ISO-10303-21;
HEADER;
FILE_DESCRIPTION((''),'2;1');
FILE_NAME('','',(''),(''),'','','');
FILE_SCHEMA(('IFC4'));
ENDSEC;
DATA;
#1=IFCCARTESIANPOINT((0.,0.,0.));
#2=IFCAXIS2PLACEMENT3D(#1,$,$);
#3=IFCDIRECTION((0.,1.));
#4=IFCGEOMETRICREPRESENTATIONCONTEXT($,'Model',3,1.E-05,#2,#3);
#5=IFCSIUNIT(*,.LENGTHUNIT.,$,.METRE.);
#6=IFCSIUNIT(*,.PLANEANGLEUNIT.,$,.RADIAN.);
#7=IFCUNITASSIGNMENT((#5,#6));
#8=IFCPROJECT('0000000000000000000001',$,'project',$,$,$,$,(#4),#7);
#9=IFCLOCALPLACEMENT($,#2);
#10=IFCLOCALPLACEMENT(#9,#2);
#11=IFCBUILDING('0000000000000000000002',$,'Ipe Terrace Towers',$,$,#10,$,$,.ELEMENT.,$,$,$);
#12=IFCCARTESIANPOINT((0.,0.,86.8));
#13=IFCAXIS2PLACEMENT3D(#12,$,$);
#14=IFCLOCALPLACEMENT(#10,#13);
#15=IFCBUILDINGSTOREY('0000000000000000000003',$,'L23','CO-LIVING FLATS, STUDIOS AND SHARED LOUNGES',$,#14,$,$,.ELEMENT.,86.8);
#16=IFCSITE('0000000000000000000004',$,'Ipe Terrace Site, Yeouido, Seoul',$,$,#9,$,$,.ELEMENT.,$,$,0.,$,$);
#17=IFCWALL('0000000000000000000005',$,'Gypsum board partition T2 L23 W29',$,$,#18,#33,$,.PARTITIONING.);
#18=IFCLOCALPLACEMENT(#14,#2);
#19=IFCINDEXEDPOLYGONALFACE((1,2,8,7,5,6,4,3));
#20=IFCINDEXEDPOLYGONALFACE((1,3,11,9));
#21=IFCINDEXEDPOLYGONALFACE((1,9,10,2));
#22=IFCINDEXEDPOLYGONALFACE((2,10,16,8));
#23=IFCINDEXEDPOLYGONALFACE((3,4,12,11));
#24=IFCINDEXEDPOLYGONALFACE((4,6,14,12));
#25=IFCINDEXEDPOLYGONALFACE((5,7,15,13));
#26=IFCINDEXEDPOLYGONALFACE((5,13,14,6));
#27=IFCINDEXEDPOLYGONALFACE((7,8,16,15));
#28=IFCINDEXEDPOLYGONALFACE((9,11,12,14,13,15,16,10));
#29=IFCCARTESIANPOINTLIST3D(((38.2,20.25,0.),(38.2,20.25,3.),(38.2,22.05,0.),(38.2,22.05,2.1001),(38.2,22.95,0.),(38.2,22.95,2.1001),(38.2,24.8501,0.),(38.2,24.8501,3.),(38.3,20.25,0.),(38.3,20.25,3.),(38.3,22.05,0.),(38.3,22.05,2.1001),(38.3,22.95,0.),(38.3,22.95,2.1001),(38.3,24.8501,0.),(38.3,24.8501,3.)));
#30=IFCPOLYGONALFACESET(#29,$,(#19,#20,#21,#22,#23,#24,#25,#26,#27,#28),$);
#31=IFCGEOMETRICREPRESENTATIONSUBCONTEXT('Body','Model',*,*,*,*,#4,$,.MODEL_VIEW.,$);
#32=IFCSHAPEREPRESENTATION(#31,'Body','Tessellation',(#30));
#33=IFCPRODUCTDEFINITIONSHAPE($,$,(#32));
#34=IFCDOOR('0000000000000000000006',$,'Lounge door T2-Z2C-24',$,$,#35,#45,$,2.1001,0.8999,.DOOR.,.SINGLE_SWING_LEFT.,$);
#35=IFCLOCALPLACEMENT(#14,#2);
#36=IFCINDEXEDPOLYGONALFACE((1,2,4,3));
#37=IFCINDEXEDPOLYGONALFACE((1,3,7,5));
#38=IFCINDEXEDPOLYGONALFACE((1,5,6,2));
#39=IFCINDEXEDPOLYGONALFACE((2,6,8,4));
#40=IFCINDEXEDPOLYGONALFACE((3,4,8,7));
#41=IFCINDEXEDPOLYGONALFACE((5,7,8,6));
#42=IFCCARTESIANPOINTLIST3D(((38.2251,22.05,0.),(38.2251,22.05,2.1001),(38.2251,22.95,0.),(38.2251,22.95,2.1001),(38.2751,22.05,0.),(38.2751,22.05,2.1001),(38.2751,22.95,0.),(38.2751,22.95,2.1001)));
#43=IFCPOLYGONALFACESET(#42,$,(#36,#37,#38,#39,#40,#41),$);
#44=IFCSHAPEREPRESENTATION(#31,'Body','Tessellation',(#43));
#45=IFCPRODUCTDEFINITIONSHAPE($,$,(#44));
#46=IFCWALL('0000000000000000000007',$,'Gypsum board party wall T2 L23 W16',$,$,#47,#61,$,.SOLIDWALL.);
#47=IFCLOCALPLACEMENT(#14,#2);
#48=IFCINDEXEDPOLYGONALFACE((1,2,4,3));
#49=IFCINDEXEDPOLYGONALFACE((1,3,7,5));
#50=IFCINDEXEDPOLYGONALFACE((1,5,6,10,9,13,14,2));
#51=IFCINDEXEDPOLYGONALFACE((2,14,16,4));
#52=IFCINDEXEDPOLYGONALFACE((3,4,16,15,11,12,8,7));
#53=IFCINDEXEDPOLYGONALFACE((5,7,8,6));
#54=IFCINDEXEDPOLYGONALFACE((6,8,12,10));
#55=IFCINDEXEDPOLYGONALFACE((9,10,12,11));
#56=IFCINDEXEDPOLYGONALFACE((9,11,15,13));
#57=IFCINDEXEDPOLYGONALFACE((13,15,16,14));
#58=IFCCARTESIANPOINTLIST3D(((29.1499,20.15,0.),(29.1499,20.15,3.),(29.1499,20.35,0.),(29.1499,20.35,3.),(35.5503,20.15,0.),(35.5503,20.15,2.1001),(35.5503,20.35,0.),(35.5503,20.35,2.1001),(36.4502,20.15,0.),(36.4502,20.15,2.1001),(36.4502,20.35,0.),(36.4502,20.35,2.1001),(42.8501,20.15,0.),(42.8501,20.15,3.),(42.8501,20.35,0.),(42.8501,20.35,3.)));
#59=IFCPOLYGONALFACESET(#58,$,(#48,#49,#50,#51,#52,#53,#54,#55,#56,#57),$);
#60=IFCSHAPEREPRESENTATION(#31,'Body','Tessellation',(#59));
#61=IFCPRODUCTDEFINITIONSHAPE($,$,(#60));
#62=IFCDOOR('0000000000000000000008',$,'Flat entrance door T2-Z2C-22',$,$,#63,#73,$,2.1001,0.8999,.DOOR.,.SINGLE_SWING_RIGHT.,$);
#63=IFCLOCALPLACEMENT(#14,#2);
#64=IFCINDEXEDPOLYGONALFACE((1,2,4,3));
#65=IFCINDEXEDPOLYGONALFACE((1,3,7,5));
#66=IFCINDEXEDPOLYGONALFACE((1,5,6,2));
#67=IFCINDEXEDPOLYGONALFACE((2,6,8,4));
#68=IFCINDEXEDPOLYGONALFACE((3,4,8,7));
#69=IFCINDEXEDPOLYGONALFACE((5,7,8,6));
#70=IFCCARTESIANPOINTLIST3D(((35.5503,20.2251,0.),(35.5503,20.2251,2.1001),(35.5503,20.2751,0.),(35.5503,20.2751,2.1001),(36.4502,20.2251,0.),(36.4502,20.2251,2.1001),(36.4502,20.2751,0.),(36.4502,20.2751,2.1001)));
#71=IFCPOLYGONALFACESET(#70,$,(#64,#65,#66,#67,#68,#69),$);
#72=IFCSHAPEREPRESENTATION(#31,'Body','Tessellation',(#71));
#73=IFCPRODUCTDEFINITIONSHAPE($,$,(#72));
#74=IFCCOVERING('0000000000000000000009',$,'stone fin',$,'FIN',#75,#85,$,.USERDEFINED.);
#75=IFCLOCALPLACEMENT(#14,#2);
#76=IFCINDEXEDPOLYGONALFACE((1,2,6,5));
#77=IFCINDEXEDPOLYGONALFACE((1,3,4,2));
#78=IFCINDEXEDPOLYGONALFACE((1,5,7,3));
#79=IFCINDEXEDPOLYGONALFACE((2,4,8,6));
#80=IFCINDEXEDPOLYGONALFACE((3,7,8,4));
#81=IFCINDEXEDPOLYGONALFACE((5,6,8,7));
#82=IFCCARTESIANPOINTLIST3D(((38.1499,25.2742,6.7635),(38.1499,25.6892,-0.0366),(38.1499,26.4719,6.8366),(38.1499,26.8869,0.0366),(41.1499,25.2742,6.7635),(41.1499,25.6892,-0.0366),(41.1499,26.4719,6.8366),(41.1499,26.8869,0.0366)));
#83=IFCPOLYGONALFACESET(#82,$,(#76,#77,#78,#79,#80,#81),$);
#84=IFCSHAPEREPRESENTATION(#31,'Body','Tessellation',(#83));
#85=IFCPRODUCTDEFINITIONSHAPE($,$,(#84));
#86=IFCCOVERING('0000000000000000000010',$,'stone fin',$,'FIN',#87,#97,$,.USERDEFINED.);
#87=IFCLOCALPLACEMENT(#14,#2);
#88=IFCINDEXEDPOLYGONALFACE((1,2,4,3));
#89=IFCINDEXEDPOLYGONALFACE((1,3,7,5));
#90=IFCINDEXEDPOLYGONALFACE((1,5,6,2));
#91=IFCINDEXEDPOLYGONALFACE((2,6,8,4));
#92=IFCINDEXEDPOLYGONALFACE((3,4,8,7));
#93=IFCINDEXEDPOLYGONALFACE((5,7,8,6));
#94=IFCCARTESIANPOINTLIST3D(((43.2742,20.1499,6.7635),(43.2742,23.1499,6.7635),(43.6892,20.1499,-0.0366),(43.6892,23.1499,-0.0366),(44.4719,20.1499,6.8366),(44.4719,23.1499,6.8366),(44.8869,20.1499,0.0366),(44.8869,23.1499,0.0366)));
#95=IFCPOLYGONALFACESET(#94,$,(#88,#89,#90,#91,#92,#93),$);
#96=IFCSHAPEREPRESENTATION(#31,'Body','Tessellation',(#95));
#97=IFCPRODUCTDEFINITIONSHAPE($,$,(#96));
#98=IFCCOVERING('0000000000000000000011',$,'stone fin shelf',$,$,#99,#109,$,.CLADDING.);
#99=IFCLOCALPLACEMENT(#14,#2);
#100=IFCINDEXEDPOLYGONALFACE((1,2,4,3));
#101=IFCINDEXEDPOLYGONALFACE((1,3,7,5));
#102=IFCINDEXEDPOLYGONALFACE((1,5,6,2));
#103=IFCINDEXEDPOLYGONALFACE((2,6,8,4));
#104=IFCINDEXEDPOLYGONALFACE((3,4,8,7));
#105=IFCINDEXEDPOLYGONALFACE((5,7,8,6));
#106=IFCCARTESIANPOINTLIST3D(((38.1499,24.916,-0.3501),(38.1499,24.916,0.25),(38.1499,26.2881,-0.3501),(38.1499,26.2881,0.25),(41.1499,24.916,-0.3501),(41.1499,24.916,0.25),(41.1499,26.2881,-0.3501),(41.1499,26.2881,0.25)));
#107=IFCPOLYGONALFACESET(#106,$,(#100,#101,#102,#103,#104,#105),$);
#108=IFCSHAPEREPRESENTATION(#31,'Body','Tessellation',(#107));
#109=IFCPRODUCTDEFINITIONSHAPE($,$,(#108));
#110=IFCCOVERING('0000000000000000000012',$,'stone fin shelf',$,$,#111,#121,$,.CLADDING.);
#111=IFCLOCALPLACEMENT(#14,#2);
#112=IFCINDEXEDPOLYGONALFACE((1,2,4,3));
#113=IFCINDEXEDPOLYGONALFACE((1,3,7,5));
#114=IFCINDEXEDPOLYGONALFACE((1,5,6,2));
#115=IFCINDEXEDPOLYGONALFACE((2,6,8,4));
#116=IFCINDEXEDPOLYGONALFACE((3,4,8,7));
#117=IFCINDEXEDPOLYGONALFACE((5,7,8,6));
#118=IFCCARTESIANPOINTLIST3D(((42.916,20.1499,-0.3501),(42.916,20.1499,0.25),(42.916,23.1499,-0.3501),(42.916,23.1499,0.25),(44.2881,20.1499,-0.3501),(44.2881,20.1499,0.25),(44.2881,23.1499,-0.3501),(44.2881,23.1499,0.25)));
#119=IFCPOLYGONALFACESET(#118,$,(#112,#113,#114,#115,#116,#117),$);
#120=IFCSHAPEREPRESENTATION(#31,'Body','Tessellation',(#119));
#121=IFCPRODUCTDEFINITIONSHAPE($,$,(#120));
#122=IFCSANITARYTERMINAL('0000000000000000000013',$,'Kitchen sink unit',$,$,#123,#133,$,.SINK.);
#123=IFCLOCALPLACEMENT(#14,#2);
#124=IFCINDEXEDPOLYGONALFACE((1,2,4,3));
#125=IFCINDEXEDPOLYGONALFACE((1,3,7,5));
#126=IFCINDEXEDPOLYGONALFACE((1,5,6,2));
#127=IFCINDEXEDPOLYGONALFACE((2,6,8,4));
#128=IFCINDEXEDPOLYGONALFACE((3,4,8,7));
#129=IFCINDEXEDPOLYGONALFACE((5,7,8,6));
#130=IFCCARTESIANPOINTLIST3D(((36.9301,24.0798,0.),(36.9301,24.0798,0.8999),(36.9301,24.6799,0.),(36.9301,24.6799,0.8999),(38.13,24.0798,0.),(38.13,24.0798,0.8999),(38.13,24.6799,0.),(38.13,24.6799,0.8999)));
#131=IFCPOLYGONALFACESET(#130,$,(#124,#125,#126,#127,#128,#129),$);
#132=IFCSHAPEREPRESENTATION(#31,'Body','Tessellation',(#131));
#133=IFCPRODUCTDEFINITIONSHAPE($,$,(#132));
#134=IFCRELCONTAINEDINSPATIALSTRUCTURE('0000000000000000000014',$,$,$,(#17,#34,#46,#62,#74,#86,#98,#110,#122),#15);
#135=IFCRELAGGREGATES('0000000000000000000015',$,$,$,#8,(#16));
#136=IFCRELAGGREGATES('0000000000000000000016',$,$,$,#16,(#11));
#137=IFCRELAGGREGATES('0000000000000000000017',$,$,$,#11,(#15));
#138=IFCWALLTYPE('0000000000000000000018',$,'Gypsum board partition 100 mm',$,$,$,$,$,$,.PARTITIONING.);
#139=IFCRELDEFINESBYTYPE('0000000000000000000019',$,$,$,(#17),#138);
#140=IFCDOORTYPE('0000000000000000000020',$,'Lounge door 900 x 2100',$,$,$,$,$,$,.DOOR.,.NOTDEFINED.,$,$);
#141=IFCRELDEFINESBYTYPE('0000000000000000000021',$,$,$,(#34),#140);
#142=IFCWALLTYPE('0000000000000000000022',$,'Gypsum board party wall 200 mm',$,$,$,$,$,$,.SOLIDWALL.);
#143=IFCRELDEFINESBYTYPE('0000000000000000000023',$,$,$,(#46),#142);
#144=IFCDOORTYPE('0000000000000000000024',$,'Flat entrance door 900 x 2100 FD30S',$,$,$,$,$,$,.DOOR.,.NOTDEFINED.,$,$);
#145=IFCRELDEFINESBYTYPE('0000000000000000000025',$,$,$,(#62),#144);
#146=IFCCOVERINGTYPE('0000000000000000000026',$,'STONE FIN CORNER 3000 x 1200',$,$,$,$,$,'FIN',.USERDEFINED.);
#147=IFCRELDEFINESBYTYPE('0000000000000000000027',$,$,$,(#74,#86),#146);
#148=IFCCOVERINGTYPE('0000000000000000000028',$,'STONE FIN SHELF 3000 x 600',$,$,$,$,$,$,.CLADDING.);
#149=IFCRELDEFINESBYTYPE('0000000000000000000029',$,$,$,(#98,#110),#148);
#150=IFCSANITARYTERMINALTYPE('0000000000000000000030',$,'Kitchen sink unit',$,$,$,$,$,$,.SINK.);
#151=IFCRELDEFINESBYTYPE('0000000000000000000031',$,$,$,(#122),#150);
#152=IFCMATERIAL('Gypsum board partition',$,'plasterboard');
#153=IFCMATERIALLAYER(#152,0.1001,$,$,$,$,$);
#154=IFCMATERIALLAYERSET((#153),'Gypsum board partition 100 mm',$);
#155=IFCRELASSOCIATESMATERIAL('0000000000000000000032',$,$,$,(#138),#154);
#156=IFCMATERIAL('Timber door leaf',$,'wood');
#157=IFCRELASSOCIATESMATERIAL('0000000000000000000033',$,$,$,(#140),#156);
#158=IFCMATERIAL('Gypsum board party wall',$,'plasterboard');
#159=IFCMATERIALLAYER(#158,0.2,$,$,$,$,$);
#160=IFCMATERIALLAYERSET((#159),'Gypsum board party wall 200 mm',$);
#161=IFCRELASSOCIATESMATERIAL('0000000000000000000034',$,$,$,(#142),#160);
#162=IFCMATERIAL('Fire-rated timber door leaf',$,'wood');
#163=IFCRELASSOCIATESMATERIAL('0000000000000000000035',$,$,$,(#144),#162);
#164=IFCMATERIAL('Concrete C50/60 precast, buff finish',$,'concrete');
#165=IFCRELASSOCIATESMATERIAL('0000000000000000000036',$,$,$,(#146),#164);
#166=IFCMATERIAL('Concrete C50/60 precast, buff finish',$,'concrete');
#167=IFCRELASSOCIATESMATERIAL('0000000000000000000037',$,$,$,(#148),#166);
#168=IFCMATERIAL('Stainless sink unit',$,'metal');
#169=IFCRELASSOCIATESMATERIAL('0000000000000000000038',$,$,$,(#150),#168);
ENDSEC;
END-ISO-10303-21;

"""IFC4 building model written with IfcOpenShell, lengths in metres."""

from ifc_helpers import new_model, si_unit, direction, frame, frame_2d, origin, origin_2d, place, context, subcontext, project, spatial, rectangle, extrude, material, layer, layer_set, material_profile, profile_set, type_object, element, fill, save


model = new_model("IFC4")

# Units and contexts
model_context = context("Model", 3, precision=1e-05, world=origin(), true_north=direction((0.0, 1.0)))
body_context = subcontext(model_context, "Body", "Model", "MODEL_VIEW")
ifc_project = project(units=[si_unit("LENGTHUNIT", "METRE"), si_unit("PLANEANGLEUNIT", "RADIAN")], contexts=[model_context])

# Site, building, storey
site_placement = place(None, origin())
site = spatial("IfcSite", under=ifc_project, at=site_placement, Name="Ipe Terrace Site, Yeouido, Seoul", CompositionType="ELEMENT", RefElevation=0.0)
building_placement = place(site_placement, origin())
building = spatial("IfcBuilding", under=site, at=building_placement, Name="Ipe Terrace Towers", CompositionType="ELEMENT")
storey_placement = place(building_placement, frame((0.0, 0.0, 86.8)))
storey = spatial("IfcBuildingStorey", under=building, at=storey_placement, Name="L23", Description="CO-LIVING FLATS, STUDIOS AND SHARED LOUNGES", CompositionType="ELEMENT", Elevation=86.8)

# Walls, openings, doors
ifc_material_1 = material(Name="Gypsum board partition", Category="plasterboard")
ifc_layer_1 = layer(ifc_material_1, 0.1001)
ifc_layer_set_1 = layer_set([ifc_layer_1], Name="Gypsum board partition 100 mm")
wall_type_1 = type_object("IfcWallType", Name="Gypsum board partition 100 mm", PredefinedType="PARTITIONING", material=ifc_layer_set_1)
wall_1_placement = place(storey_placement, frame((38.25, 20.25, 0.0), z_axis=(0.0, 0.0, 1.0), x_axis=(0.0, 1.0, 0.0)))
wall_1 = element("IfcWall", 1, at=wall_1_placement, inside=storey, type_object=wall_type_1, Name="Gypsum board partition T2 L23 W29", PredefinedType="PARTITIONING", context=body_context, shape_type="SweptSolid", body=[
    extrude(rectangle(XDim=4.6001, YDim=0.1001, at=frame_2d((2.3, 0.0))), origin(), (0.0, 0.0, 1.0), 3.0),
])
opening_1_placement = place(wall_1_placement, frame((1.8, 0.0, 0.0)))
opening_1 = element("IfcOpeningElement", 2, at=opening_1_placement, cuts=wall_1, PredefinedType="OPENING", context=body_context, shape_type="SweptSolid", body=[
    extrude(rectangle(XDim=0.8999, YDim=2.1001, at=frame_2d((0.45, 1.05))), frame((0.0, 0.0601, 0.0), z_axis=(0.0, -1.0, 0.0), x_axis=(1.0, 0.0, 0.0)), (0.0, 0.0, 1.0), 0.1201),
])
ifc_material_2 = material(Name="Timber door leaf", Category="wood")
door_type_1 = type_object("IfcDoorType", Name="Lounge door 900 x 2100", OperationType="NOTDEFINED", PredefinedType="DOOR", material=ifc_material_2)
door_1_placement = place(opening_1_placement, origin())
door_1 = element("IfcDoor", 3, at=door_1_placement, inside=storey, type_object=door_type_1, Name="Lounge door T2-Z2C-24", OperationType="SINGLE_SWING_LEFT", OverallHeight=2.1001, OverallWidth=0.8999, PredefinedType="DOOR", context=body_context, shape_type="SweptSolid", body=[
    extrude(rectangle(XDim=0.8999, YDim=2.1001, at=frame_2d((0.45, 1.05))), frame((0.0, 0.0249, 0.0), z_axis=(0.0, -1.0, 0.0), x_axis=(1.0, 0.0, 0.0)), (0.0, 0.0, 1.0), 0.05),
])
fill(opening_1, door_1)
ifc_material_3 = material(Name="Gypsum board party wall", Category="plasterboard")
ifc_layer_2 = layer(ifc_material_3, 0.2)
ifc_layer_set_2 = layer_set([ifc_layer_2], Name="Gypsum board party wall 200 mm")
wall_type_2 = type_object("IfcWallType", Name="Gypsum board party wall 200 mm", PredefinedType="SOLIDWALL", material=ifc_layer_set_2)
wall_2_placement = place(storey_placement, frame((42.8501, 20.25, 0.0), z_axis=(0.0, 0.0, 1.0), x_axis=(-1.0, 0.0, 0.0)))
wall_2 = element("IfcWall", 4, at=wall_2_placement, inside=storey, type_object=wall_type_2, Name="Gypsum board party wall T2 L23 W16", PredefinedType="SOLIDWALL", context=body_context, shape_type="SweptSolid", body=[
    extrude(rectangle(XDim=13.7002, YDim=0.2, at=frame_2d((6.8501, 0.0))), origin(), (0.0, 0.0, 1.0), 3.0),
])
opening_2_placement = place(wall_2_placement, frame((6.3999, 0.0, 0.0)))
opening_2 = element("IfcOpeningElement", 5, at=opening_2_placement, cuts=wall_2, PredefinedType="OPENING", context=body_context, shape_type="SweptSolid", body=[
    extrude(rectangle(XDim=0.8999, YDim=2.1001, at=frame_2d((0.45, 1.05))), frame((0.0, 0.1099, 0.0), z_axis=(0.0, -1.0, 0.0), x_axis=(1.0, 0.0, 0.0)), (0.0, 0.0, 1.0), 0.22),
])
ifc_material_4 = material(Name="Fire-rated timber door leaf", Category="wood")
door_type_2 = type_object("IfcDoorType", Name="Flat entrance door 900 x 2100 FD30S", OperationType="NOTDEFINED", PredefinedType="DOOR", material=ifc_material_4)
door_2_placement = place(opening_2_placement, origin())
door_2 = element("IfcDoor", 6, at=door_2_placement, inside=storey, type_object=door_type_2, Name="Flat entrance door T2-Z2C-22", OperationType="SINGLE_SWING_RIGHT", OverallHeight=2.1001, OverallWidth=0.8999, PredefinedType="DOOR", context=body_context, shape_type="SweptSolid", body=[
    extrude(rectangle(XDim=0.8999, YDim=2.1001, at=frame_2d((0.45, 1.05))), frame((0.0, 0.0249, 0.0), z_axis=(0.0, -1.0, 0.0), x_axis=(1.0, 0.0, 0.0)), (0.0, 0.0, 1.0), 0.05),
])
fill(opening_2, door_2)

# Coverings
ifc_material_5 = material(Name="Concrete C50/60 precast, buff finish", Category="concrete")
ifc_material_profile_1 = material_profile(ifc_material_5, rectangle(XDim=3.0, YDim=1.2, at=origin_2d()), Name="STONE FIN CORNER 3000 x 1200")
ifc_profile_set_1 = profile_set([ifc_material_profile_1], Name="Concrete C50/60 precast, buff finish")
covering_type_1 = type_object("IfcCoveringType", Name="STONE FIN CORNER 3000 x 1200", ElementType="FIN", PredefinedType="USERDEFINED", material=ifc_profile_set_1)
for number, where, z_axis, x_axis, name in (
    (7, (39.6499, 26.2881, 0.0), (0.0, -0.060921, 0.998143), (-1.0, 0.0, 0.0), "stone fin"),
    (8, (44.2881, 21.6499, 0.0), (-0.060921, 0.0, 0.998143), (0.0, 1.0, 0.0), "stone fin"),
):
    element("IfcCovering", number, at=place(storey_placement, frame(where, z_axis=z_axis, x_axis=x_axis)), inside=storey, type_object=covering_type_1, Name=name, ObjectType="FIN", PredefinedType="USERDEFINED", context=body_context, shape_type="SweptSolid", body=[
        extrude(rectangle(XDim=3.0, YDim=1.2, at=origin_2d()), origin(), (0.0, 0.0, 1.0), 6.8127),
    ])
ifc_material_6 = material(Name="Concrete C50/60 precast, buff finish", Category="concrete")
covering_type_2 = type_object("IfcCoveringType", Name="STONE FIN SHELF 3000 x 600", PredefinedType="CLADDING", material=ifc_material_6)
for number, where, z_axis, x_axis, name in (
    (9, (39.6499, 25.6021, -0.3501), (0.0, 0.0, 1.0), (-1.0, 0.0, 0.0), "stone fin shelf"),
    (10, (43.6021, 21.6499, -0.3501), (0.0, 0.0, 1.0), (0.0, 1.0, 0.0), "stone fin shelf"),
):
    element("IfcCovering", number, at=place(storey_placement, frame(where, z_axis=z_axis, x_axis=x_axis)), inside=storey, type_object=covering_type_2, Name=name, PredefinedType="CLADDING", context=body_context, shape_type="SweptSolid", body=[
        extrude(rectangle(XDim=3.0, YDim=1.3721, at=origin_2d()), origin(), (0.0, 0.0, 1.0), 0.6001),
    ])

# Sanitary terminal
ifc_material_7 = material(Name="Stainless sink unit", Category="metal")
sanitary_terminal_type = type_object("IfcSanitaryTerminalType", Name="Kitchen sink unit", PredefinedType="SINK", material=ifc_material_7)
sanitary_terminal_placement = place(storey_placement, frame((37.53, 24.3799, 0.0), z_axis=(0.0, 0.0, 1.0), x_axis=(1.0, 0.0, 0.0)))
element("IfcSanitaryTerminal", 11, at=sanitary_terminal_placement, inside=storey, type_object=sanitary_terminal_type, Name="Kitchen sink unit", PredefinedType="SINK", context=body_context, shape_type="SweptSolid", body=[
    extrude(rectangle(XDim=1.2, YDim=0.6001, at=origin_2d()), origin(), (0.0, 0.0, 1.0), 0.8999),
])

save(model, "model.ifc")
